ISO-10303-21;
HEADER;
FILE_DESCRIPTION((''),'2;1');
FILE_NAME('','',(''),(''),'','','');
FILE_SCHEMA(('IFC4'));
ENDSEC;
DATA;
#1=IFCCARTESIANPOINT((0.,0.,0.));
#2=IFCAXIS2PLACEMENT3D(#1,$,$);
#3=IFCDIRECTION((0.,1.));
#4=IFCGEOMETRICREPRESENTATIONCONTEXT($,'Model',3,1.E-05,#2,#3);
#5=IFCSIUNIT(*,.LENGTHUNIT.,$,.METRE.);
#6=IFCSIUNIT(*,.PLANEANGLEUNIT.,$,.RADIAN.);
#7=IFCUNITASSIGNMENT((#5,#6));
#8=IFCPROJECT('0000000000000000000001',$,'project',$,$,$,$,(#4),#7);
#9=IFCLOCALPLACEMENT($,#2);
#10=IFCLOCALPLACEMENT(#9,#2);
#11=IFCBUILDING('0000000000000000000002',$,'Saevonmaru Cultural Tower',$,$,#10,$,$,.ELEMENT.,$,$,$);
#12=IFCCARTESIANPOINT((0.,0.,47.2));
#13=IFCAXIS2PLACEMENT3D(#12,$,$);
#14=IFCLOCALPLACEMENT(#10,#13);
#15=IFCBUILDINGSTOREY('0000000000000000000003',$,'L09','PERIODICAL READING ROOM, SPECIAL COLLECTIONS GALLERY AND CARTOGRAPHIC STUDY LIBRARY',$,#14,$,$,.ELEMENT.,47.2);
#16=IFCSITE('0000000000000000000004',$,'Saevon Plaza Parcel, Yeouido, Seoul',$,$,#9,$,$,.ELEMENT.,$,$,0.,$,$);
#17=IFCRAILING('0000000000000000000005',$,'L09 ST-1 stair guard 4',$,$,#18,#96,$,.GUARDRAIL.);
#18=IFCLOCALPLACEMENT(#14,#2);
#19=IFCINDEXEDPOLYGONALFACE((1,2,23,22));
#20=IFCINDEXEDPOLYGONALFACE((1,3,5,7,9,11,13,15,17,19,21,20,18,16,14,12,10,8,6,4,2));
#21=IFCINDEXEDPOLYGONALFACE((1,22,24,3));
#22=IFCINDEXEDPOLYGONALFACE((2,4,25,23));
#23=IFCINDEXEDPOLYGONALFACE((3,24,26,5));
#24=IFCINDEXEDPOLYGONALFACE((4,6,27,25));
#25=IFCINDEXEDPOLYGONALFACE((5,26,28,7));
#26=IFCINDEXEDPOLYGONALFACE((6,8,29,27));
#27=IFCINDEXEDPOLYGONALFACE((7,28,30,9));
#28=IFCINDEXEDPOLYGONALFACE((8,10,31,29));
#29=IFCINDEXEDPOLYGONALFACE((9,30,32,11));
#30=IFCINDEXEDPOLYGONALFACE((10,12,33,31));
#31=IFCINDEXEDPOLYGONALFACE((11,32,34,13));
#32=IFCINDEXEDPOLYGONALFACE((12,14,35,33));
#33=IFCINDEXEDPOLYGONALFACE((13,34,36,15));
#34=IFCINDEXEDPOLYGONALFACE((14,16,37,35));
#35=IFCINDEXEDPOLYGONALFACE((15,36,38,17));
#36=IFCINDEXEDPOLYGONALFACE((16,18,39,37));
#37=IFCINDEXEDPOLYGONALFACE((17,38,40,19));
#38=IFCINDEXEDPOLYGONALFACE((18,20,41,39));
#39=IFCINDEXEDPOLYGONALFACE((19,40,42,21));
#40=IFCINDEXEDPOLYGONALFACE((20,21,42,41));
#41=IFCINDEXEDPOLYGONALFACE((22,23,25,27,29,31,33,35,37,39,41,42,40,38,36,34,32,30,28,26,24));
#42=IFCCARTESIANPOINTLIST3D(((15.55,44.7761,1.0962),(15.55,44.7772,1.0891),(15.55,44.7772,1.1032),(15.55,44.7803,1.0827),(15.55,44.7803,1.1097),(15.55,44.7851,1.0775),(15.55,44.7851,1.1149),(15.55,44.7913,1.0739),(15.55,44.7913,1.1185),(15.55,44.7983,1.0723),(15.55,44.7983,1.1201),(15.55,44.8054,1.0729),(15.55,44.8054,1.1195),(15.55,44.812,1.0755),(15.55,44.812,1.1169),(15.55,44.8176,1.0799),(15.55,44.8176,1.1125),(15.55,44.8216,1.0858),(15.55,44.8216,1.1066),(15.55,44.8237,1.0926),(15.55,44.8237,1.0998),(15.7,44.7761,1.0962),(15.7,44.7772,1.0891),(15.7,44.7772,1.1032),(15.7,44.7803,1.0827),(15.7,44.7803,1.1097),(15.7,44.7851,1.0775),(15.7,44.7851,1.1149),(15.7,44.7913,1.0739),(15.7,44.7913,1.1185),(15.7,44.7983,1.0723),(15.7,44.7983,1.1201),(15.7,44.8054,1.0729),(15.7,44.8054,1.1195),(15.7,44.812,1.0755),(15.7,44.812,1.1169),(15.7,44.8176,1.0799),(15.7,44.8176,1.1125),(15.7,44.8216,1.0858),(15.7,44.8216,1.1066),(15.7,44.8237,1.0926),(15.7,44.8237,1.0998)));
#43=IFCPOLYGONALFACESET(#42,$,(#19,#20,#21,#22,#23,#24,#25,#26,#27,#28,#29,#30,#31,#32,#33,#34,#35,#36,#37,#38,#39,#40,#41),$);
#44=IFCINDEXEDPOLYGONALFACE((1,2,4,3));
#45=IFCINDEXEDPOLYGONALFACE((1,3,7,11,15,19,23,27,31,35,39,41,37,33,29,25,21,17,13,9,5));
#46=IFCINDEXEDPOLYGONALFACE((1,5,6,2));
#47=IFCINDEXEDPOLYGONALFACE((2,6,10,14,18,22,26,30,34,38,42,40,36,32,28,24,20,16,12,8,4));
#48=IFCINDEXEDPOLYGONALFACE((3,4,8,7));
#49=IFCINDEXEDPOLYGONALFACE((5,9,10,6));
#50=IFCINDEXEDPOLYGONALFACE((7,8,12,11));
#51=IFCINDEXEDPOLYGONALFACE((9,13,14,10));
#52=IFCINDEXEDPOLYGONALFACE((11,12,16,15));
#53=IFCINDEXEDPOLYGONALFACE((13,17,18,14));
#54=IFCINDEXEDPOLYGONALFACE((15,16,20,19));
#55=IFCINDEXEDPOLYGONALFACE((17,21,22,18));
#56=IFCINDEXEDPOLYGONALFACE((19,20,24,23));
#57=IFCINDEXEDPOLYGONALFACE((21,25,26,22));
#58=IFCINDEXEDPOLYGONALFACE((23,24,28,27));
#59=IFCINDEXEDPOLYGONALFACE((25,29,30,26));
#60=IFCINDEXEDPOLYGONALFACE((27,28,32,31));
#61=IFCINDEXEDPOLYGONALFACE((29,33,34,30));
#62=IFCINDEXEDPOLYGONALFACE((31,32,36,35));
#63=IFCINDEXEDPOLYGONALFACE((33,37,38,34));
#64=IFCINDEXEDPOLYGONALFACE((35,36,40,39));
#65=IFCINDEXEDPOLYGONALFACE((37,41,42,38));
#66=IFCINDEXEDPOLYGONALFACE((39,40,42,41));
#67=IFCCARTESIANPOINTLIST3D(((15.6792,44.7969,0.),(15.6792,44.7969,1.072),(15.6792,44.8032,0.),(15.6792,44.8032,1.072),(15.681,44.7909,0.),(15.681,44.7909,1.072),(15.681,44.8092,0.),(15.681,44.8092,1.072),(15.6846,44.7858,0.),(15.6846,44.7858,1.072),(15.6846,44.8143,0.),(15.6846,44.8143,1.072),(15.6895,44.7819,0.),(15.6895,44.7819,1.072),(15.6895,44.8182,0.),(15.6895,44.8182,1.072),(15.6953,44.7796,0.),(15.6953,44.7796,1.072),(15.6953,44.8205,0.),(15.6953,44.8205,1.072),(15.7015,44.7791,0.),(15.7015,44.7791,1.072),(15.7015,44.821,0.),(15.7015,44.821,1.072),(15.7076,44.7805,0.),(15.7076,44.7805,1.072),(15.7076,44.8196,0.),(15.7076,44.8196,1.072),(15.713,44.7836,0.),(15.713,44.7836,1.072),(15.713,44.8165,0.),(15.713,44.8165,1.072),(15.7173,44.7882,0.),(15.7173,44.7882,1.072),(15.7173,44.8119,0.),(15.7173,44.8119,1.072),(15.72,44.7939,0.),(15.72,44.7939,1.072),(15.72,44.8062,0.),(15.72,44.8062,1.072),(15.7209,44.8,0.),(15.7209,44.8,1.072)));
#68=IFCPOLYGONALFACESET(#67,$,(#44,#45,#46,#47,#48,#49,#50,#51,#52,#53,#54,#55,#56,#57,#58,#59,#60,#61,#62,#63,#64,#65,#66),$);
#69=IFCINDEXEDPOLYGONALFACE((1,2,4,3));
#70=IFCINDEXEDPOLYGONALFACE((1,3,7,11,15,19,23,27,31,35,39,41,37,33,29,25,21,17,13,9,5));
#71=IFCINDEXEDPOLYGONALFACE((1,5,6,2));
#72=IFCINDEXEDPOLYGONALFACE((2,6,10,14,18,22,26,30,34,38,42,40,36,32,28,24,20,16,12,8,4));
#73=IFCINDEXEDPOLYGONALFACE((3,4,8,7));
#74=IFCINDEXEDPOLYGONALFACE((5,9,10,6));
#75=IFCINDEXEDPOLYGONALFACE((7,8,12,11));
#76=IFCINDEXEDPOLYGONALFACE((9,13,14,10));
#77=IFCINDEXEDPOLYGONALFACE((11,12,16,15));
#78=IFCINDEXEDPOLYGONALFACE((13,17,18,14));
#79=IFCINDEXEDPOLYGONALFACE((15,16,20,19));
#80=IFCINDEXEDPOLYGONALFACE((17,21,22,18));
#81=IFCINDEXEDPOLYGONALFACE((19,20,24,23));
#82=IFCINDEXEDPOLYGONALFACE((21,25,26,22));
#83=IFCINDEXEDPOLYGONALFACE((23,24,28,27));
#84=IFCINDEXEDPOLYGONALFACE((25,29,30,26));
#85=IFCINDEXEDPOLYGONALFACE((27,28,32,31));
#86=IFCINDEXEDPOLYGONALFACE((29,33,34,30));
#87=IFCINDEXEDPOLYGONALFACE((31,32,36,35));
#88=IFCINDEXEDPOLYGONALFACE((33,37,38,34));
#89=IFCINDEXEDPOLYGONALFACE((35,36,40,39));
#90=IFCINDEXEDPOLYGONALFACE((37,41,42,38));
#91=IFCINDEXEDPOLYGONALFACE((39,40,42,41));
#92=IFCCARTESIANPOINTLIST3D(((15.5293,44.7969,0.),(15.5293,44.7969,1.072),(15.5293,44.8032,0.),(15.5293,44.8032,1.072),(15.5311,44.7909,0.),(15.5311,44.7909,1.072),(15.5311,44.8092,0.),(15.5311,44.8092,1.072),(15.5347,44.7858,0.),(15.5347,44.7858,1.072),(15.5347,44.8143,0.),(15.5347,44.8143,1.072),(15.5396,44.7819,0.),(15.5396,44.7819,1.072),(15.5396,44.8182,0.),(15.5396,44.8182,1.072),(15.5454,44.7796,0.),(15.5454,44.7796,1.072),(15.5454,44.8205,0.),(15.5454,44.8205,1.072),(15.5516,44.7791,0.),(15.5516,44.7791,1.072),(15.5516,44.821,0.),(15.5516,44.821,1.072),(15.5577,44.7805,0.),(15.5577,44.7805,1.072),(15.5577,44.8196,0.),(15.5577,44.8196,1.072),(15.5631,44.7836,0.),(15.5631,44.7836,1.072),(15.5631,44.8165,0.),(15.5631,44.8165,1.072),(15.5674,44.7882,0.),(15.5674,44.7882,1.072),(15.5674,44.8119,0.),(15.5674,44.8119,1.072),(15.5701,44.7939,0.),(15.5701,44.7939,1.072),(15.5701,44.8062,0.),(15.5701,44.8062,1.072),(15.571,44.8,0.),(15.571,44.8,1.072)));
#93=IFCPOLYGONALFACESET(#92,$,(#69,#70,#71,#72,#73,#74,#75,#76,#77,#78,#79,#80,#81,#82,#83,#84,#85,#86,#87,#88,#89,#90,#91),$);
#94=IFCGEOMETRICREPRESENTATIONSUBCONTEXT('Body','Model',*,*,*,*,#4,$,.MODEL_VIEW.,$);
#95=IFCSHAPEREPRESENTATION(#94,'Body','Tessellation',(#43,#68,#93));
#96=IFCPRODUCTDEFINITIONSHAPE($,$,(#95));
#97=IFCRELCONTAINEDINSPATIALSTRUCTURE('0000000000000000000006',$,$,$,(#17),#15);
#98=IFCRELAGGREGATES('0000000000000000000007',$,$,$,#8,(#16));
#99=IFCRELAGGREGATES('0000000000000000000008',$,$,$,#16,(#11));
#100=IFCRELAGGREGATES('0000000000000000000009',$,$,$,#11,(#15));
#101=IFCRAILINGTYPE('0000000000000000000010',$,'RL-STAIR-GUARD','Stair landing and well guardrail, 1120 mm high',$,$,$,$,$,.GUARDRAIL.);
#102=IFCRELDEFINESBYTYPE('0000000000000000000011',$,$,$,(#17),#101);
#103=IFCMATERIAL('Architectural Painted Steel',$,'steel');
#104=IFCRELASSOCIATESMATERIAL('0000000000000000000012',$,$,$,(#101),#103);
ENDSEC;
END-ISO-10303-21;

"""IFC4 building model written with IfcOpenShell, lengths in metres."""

from ifc_helpers import new_model, si_unit, direction, frame, origin, origin_2d, place, context, subcontext, project, spatial, circle, extrude, material, type_object, element, save


model = new_model("IFC4")

# Units and contexts
model_context = context("Model", 3, precision=1e-05, world=origin(), true_north=direction((0.0, 1.0)))
body_context = subcontext(model_context, "Body", "Model", "MODEL_VIEW")
ifc_project = project(units=[si_unit("LENGTHUNIT", "METRE"), si_unit("PLANEANGLEUNIT", "RADIAN")], contexts=[model_context])

# Site, building, storey
site_placement = place(None, origin())
site = spatial("IfcSite", under=ifc_project, at=site_placement, Name="Saevon Plaza Parcel, Yeouido, Seoul", CompositionType="ELEMENT", RefElevation=0.0)
building_placement = place(site_placement, origin())
building = spatial("IfcBuilding", under=site, at=building_placement, Name="Saevonmaru Cultural Tower", CompositionType="ELEMENT")
storey_placement = place(building_placement, frame((0.0, 0.0, 47.2)))
storey = spatial("IfcBuildingStorey", under=building, at=storey_placement, Name="L09", Description="PERIODICAL READING ROOM, SPECIAL COLLECTIONS GALLERY AND CARTOGRAPHIC STUDY LIBRARY", CompositionType="ELEMENT", Elevation=47.2)

# Railing
ifc_material_1 = material(Name="Architectural Painted Steel", Category="steel")
railing_type_1 = type_object("IfcRailingType", Name="RL-STAIR-GUARD", Description="Stair landing and well guardrail, 1120 mm high", PredefinedType="GUARDRAIL", material=ifc_material_1)
railing_1_placement = place(storey_placement, frame((15.7, 44.8, 0.0)))
element("IfcRailing", 1, at=railing_1_placement, inside=storey, type_object=railing_type_1, Name="L09 ST-1 stair guard 4", PredefinedType="GUARDRAIL", context=body_context, shape_type="SweptSolid", body=[
    extrude(circle(Radius=0.0239, at=origin_2d()), frame((0.0, 0.0, 1.0962), z_axis=(-1.0, 0.0, 0.0), x_axis=(0.0, -1.0, 0.0)), (0.0, 0.0, 1.0), 0.1499),
    extrude(circle(Radius=0.021, at=origin_2d()), origin(), (0.0, 0.0, 1.0), 1.072),
    extrude(circle(Radius=0.021, at=origin_2d()), frame((-0.1499, 0.0, 0.0)), (0.0, 0.0, 1.0), 1.072),
])

save(model, "model.ifc")
